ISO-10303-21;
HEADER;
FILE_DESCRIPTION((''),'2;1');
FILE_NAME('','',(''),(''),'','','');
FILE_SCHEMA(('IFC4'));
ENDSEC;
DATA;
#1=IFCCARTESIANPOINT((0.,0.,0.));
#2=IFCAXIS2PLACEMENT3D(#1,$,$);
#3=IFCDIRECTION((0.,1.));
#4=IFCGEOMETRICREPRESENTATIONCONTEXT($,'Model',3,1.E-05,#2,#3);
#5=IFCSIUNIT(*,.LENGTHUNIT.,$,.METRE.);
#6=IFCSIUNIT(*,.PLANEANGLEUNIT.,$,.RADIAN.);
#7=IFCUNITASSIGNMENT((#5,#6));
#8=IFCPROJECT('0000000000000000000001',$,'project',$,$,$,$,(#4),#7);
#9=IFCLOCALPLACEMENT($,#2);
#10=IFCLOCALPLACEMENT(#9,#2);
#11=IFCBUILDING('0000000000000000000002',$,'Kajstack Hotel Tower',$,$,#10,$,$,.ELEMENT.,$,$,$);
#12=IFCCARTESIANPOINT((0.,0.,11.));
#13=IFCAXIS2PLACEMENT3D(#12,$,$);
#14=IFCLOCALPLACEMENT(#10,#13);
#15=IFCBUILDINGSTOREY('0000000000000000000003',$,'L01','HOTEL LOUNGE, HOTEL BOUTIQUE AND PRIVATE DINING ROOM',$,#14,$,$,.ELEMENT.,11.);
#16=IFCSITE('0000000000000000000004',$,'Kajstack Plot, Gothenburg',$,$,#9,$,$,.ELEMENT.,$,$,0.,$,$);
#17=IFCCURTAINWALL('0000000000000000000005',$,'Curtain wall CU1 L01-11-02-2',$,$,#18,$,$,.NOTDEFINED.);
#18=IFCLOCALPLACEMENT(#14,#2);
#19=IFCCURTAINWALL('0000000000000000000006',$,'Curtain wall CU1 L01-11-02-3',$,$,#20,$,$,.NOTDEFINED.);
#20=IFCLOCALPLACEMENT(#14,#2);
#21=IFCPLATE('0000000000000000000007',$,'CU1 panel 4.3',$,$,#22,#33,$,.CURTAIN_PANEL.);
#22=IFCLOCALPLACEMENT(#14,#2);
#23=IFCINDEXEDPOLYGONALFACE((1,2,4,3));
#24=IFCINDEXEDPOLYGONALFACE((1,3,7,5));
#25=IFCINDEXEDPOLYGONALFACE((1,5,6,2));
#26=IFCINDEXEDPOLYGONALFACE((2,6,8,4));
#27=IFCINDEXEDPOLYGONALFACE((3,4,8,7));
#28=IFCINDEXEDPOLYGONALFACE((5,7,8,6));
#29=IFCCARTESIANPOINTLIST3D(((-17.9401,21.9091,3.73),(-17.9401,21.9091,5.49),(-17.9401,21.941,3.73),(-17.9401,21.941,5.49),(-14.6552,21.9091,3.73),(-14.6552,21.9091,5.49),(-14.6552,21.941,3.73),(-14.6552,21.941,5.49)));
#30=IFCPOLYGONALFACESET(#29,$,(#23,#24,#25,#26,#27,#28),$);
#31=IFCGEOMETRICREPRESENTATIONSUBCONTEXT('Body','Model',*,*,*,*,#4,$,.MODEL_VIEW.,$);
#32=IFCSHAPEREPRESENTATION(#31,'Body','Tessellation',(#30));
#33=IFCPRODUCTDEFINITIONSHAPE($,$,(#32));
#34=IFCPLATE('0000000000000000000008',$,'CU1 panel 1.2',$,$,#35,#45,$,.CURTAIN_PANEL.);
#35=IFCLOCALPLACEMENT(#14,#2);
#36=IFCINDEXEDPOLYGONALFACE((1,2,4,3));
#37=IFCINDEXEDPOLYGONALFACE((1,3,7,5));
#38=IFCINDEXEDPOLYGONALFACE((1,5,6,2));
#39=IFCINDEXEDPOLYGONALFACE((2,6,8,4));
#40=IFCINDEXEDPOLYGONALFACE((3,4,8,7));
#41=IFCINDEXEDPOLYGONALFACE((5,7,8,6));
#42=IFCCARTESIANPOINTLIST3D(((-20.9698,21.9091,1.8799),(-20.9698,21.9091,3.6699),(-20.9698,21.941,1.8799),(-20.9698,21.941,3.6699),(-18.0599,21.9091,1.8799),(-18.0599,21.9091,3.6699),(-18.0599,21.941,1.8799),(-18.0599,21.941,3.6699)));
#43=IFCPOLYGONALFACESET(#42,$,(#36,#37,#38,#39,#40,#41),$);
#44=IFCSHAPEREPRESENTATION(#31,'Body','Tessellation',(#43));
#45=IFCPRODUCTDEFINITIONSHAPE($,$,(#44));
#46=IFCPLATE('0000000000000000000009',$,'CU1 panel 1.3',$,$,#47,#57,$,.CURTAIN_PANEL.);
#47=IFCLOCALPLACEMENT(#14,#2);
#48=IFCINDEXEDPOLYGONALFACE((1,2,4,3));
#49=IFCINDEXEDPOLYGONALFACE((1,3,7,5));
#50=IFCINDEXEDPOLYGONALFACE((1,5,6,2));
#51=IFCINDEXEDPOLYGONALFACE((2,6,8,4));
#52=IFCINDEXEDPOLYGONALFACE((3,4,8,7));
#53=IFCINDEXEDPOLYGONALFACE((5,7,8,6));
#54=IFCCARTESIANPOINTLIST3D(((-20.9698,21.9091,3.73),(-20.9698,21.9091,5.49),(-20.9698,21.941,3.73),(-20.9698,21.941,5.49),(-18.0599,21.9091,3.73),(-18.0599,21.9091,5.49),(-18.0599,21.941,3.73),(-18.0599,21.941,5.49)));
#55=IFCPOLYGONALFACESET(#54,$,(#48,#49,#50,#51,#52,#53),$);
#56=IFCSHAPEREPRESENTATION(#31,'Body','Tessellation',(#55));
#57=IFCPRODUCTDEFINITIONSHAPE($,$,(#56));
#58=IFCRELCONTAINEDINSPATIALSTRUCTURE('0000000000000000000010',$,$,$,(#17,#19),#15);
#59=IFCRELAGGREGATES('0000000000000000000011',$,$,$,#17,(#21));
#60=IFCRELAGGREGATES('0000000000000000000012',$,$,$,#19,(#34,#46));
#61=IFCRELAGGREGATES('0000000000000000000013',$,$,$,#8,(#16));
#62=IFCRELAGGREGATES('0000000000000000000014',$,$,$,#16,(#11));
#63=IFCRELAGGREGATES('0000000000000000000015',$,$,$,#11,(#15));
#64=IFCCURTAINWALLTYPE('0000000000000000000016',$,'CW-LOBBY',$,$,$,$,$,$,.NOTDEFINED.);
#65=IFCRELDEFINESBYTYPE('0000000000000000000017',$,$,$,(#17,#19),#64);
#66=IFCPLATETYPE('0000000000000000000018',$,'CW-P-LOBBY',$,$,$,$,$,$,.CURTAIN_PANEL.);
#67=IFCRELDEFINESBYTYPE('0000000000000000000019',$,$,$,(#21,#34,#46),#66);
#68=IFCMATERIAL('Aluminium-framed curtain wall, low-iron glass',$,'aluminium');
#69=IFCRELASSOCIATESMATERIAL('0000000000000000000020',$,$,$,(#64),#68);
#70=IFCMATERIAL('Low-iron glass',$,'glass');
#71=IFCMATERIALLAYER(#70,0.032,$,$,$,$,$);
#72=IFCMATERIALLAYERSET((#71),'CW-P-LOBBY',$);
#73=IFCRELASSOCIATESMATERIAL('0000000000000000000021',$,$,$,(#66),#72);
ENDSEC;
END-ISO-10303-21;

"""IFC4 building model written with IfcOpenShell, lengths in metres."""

from ifc_helpers import new_model, si_unit, direction, frame, origin, origin_2d, place, context, subcontext, project, spatial, rectangle, extrude, material, layer, layer_set, type_object, element, aggregate, save


model = new_model("IFC4")

# Units and contexts
model_context = context("Model", 3, precision=1e-05, world=origin(), true_north=direction((0.0, 1.0)))
body_context = subcontext(model_context, "Body", "Model", "MODEL_VIEW")
ifc_project = project(units=[si_unit("LENGTHUNIT", "METRE"), si_unit("PLANEANGLEUNIT", "RADIAN")], contexts=[model_context])

# Site, building, storey
site_placement = place(None, origin())
site = spatial("IfcSite", under=ifc_project, at=site_placement, Name="Kajstack Plot, Gothenburg", CompositionType="ELEMENT", RefElevation=0.0)
building_placement = place(site_placement, origin())
building = spatial("IfcBuilding", under=site, at=building_placement, Name="Kajstack Hotel Tower", CompositionType="ELEMENT")
storey_placement = place(building_placement, frame((0.0, 0.0, 11.0)))
storey = spatial("IfcBuildingStorey", under=building, at=storey_placement, Name="L01", Description="HOTEL LOUNGE, HOTEL BOUTIQUE AND PRIVATE DINING ROOM", CompositionType="ELEMENT", Elevation=11.0)

# Curtain wall
ifc_material_1 = material(Name="Aluminium-framed curtain wall, low-iron glass", Category="aluminium")
curtain_wall_type = type_object("IfcCurtainWallType", Name="CW-LOBBY", PredefinedType="NOTDEFINED", material=ifc_material_1)
curtain_wall_1_placement = place(storey_placement, origin())
curtain_wall_1 = element("IfcCurtainWall", 1, at=curtain_wall_1_placement, inside=storey, type_object=curtain_wall_type, Name="Curtain wall CU1 L01-11-02-2", PredefinedType="NOTDEFINED")

# Curtain wall
curtain_wall_2_placement = place(storey_placement, origin())
curtain_wall_2 = element("IfcCurtainWall", 2, at=curtain_wall_2_placement, inside=storey, type_object=curtain_wall_type, Name="Curtain wall CU1 L01-11-02-3", PredefinedType="NOTDEFINED")

# Plates
ifc_material_2 = material(Name="Low-iron glass", Category="glass")
ifc_layer = layer(ifc_material_2, 0.032)
ifc_layer_set = layer_set([ifc_layer], Name="CW-P-LOBBY")
plate_type = type_object("IfcPlateType", Name="CW-P-LOBBY", PredefinedType="CURTAIN_PANEL", material=ifc_layer_set)
plate_1_placement = place(storey_placement, frame((-16.2976, 21.925, 3.73), z_axis=(0.0, 0.0, 1.0), x_axis=(-1.0, 0.0, 0.0)))
plate_1 = element("IfcPlate", 3, at=plate_1_placement, type_object=plate_type, Name="CU1 panel 4.3", PredefinedType="CURTAIN_PANEL", context=body_context, shape_type="SweptSolid", body=[
    extrude(rectangle(XDim=3.2849, YDim=0.032, at=origin_2d()), origin(), (0.0, 0.0, 1.0), 1.76),
])
aggregate(curtain_wall_1, [plate_1])
plate_2_placement = place(storey_placement, frame((-19.5149, 21.925, 1.8799), z_axis=(0.0, 0.0, 1.0), x_axis=(-1.0, 0.0, 0.0)))
plate_2 = element("IfcPlate", 4, at=plate_2_placement, type_object=plate_type, Name="CU1 panel 1.2", PredefinedType="CURTAIN_PANEL", context=body_context, shape_type="SweptSolid", body=[
    extrude(rectangle(XDim=2.9099, YDim=0.032, at=origin_2d()), origin(), (0.0, 0.0, 1.0), 1.79),
])
plate_3_placement = place(storey_placement, frame((-19.5149, 21.925, 3.73), z_axis=(0.0, 0.0, 1.0), x_axis=(-1.0, 0.0, 0.0)))
plate_3 = element("IfcPlate", 5, at=plate_3_placement, type_object=plate_type, Name="CU1 panel 1.3", PredefinedType="CURTAIN_PANEL", context=body_context, shape_type="SweptSolid", body=[
    extrude(rectangle(XDim=2.9099, YDim=0.032, at=origin_2d()), origin(), (0.0, 0.0, 1.0), 1.76),
])
aggregate(curtain_wall_2, [plate_2, plate_3])

save(model, "model.ifc")
